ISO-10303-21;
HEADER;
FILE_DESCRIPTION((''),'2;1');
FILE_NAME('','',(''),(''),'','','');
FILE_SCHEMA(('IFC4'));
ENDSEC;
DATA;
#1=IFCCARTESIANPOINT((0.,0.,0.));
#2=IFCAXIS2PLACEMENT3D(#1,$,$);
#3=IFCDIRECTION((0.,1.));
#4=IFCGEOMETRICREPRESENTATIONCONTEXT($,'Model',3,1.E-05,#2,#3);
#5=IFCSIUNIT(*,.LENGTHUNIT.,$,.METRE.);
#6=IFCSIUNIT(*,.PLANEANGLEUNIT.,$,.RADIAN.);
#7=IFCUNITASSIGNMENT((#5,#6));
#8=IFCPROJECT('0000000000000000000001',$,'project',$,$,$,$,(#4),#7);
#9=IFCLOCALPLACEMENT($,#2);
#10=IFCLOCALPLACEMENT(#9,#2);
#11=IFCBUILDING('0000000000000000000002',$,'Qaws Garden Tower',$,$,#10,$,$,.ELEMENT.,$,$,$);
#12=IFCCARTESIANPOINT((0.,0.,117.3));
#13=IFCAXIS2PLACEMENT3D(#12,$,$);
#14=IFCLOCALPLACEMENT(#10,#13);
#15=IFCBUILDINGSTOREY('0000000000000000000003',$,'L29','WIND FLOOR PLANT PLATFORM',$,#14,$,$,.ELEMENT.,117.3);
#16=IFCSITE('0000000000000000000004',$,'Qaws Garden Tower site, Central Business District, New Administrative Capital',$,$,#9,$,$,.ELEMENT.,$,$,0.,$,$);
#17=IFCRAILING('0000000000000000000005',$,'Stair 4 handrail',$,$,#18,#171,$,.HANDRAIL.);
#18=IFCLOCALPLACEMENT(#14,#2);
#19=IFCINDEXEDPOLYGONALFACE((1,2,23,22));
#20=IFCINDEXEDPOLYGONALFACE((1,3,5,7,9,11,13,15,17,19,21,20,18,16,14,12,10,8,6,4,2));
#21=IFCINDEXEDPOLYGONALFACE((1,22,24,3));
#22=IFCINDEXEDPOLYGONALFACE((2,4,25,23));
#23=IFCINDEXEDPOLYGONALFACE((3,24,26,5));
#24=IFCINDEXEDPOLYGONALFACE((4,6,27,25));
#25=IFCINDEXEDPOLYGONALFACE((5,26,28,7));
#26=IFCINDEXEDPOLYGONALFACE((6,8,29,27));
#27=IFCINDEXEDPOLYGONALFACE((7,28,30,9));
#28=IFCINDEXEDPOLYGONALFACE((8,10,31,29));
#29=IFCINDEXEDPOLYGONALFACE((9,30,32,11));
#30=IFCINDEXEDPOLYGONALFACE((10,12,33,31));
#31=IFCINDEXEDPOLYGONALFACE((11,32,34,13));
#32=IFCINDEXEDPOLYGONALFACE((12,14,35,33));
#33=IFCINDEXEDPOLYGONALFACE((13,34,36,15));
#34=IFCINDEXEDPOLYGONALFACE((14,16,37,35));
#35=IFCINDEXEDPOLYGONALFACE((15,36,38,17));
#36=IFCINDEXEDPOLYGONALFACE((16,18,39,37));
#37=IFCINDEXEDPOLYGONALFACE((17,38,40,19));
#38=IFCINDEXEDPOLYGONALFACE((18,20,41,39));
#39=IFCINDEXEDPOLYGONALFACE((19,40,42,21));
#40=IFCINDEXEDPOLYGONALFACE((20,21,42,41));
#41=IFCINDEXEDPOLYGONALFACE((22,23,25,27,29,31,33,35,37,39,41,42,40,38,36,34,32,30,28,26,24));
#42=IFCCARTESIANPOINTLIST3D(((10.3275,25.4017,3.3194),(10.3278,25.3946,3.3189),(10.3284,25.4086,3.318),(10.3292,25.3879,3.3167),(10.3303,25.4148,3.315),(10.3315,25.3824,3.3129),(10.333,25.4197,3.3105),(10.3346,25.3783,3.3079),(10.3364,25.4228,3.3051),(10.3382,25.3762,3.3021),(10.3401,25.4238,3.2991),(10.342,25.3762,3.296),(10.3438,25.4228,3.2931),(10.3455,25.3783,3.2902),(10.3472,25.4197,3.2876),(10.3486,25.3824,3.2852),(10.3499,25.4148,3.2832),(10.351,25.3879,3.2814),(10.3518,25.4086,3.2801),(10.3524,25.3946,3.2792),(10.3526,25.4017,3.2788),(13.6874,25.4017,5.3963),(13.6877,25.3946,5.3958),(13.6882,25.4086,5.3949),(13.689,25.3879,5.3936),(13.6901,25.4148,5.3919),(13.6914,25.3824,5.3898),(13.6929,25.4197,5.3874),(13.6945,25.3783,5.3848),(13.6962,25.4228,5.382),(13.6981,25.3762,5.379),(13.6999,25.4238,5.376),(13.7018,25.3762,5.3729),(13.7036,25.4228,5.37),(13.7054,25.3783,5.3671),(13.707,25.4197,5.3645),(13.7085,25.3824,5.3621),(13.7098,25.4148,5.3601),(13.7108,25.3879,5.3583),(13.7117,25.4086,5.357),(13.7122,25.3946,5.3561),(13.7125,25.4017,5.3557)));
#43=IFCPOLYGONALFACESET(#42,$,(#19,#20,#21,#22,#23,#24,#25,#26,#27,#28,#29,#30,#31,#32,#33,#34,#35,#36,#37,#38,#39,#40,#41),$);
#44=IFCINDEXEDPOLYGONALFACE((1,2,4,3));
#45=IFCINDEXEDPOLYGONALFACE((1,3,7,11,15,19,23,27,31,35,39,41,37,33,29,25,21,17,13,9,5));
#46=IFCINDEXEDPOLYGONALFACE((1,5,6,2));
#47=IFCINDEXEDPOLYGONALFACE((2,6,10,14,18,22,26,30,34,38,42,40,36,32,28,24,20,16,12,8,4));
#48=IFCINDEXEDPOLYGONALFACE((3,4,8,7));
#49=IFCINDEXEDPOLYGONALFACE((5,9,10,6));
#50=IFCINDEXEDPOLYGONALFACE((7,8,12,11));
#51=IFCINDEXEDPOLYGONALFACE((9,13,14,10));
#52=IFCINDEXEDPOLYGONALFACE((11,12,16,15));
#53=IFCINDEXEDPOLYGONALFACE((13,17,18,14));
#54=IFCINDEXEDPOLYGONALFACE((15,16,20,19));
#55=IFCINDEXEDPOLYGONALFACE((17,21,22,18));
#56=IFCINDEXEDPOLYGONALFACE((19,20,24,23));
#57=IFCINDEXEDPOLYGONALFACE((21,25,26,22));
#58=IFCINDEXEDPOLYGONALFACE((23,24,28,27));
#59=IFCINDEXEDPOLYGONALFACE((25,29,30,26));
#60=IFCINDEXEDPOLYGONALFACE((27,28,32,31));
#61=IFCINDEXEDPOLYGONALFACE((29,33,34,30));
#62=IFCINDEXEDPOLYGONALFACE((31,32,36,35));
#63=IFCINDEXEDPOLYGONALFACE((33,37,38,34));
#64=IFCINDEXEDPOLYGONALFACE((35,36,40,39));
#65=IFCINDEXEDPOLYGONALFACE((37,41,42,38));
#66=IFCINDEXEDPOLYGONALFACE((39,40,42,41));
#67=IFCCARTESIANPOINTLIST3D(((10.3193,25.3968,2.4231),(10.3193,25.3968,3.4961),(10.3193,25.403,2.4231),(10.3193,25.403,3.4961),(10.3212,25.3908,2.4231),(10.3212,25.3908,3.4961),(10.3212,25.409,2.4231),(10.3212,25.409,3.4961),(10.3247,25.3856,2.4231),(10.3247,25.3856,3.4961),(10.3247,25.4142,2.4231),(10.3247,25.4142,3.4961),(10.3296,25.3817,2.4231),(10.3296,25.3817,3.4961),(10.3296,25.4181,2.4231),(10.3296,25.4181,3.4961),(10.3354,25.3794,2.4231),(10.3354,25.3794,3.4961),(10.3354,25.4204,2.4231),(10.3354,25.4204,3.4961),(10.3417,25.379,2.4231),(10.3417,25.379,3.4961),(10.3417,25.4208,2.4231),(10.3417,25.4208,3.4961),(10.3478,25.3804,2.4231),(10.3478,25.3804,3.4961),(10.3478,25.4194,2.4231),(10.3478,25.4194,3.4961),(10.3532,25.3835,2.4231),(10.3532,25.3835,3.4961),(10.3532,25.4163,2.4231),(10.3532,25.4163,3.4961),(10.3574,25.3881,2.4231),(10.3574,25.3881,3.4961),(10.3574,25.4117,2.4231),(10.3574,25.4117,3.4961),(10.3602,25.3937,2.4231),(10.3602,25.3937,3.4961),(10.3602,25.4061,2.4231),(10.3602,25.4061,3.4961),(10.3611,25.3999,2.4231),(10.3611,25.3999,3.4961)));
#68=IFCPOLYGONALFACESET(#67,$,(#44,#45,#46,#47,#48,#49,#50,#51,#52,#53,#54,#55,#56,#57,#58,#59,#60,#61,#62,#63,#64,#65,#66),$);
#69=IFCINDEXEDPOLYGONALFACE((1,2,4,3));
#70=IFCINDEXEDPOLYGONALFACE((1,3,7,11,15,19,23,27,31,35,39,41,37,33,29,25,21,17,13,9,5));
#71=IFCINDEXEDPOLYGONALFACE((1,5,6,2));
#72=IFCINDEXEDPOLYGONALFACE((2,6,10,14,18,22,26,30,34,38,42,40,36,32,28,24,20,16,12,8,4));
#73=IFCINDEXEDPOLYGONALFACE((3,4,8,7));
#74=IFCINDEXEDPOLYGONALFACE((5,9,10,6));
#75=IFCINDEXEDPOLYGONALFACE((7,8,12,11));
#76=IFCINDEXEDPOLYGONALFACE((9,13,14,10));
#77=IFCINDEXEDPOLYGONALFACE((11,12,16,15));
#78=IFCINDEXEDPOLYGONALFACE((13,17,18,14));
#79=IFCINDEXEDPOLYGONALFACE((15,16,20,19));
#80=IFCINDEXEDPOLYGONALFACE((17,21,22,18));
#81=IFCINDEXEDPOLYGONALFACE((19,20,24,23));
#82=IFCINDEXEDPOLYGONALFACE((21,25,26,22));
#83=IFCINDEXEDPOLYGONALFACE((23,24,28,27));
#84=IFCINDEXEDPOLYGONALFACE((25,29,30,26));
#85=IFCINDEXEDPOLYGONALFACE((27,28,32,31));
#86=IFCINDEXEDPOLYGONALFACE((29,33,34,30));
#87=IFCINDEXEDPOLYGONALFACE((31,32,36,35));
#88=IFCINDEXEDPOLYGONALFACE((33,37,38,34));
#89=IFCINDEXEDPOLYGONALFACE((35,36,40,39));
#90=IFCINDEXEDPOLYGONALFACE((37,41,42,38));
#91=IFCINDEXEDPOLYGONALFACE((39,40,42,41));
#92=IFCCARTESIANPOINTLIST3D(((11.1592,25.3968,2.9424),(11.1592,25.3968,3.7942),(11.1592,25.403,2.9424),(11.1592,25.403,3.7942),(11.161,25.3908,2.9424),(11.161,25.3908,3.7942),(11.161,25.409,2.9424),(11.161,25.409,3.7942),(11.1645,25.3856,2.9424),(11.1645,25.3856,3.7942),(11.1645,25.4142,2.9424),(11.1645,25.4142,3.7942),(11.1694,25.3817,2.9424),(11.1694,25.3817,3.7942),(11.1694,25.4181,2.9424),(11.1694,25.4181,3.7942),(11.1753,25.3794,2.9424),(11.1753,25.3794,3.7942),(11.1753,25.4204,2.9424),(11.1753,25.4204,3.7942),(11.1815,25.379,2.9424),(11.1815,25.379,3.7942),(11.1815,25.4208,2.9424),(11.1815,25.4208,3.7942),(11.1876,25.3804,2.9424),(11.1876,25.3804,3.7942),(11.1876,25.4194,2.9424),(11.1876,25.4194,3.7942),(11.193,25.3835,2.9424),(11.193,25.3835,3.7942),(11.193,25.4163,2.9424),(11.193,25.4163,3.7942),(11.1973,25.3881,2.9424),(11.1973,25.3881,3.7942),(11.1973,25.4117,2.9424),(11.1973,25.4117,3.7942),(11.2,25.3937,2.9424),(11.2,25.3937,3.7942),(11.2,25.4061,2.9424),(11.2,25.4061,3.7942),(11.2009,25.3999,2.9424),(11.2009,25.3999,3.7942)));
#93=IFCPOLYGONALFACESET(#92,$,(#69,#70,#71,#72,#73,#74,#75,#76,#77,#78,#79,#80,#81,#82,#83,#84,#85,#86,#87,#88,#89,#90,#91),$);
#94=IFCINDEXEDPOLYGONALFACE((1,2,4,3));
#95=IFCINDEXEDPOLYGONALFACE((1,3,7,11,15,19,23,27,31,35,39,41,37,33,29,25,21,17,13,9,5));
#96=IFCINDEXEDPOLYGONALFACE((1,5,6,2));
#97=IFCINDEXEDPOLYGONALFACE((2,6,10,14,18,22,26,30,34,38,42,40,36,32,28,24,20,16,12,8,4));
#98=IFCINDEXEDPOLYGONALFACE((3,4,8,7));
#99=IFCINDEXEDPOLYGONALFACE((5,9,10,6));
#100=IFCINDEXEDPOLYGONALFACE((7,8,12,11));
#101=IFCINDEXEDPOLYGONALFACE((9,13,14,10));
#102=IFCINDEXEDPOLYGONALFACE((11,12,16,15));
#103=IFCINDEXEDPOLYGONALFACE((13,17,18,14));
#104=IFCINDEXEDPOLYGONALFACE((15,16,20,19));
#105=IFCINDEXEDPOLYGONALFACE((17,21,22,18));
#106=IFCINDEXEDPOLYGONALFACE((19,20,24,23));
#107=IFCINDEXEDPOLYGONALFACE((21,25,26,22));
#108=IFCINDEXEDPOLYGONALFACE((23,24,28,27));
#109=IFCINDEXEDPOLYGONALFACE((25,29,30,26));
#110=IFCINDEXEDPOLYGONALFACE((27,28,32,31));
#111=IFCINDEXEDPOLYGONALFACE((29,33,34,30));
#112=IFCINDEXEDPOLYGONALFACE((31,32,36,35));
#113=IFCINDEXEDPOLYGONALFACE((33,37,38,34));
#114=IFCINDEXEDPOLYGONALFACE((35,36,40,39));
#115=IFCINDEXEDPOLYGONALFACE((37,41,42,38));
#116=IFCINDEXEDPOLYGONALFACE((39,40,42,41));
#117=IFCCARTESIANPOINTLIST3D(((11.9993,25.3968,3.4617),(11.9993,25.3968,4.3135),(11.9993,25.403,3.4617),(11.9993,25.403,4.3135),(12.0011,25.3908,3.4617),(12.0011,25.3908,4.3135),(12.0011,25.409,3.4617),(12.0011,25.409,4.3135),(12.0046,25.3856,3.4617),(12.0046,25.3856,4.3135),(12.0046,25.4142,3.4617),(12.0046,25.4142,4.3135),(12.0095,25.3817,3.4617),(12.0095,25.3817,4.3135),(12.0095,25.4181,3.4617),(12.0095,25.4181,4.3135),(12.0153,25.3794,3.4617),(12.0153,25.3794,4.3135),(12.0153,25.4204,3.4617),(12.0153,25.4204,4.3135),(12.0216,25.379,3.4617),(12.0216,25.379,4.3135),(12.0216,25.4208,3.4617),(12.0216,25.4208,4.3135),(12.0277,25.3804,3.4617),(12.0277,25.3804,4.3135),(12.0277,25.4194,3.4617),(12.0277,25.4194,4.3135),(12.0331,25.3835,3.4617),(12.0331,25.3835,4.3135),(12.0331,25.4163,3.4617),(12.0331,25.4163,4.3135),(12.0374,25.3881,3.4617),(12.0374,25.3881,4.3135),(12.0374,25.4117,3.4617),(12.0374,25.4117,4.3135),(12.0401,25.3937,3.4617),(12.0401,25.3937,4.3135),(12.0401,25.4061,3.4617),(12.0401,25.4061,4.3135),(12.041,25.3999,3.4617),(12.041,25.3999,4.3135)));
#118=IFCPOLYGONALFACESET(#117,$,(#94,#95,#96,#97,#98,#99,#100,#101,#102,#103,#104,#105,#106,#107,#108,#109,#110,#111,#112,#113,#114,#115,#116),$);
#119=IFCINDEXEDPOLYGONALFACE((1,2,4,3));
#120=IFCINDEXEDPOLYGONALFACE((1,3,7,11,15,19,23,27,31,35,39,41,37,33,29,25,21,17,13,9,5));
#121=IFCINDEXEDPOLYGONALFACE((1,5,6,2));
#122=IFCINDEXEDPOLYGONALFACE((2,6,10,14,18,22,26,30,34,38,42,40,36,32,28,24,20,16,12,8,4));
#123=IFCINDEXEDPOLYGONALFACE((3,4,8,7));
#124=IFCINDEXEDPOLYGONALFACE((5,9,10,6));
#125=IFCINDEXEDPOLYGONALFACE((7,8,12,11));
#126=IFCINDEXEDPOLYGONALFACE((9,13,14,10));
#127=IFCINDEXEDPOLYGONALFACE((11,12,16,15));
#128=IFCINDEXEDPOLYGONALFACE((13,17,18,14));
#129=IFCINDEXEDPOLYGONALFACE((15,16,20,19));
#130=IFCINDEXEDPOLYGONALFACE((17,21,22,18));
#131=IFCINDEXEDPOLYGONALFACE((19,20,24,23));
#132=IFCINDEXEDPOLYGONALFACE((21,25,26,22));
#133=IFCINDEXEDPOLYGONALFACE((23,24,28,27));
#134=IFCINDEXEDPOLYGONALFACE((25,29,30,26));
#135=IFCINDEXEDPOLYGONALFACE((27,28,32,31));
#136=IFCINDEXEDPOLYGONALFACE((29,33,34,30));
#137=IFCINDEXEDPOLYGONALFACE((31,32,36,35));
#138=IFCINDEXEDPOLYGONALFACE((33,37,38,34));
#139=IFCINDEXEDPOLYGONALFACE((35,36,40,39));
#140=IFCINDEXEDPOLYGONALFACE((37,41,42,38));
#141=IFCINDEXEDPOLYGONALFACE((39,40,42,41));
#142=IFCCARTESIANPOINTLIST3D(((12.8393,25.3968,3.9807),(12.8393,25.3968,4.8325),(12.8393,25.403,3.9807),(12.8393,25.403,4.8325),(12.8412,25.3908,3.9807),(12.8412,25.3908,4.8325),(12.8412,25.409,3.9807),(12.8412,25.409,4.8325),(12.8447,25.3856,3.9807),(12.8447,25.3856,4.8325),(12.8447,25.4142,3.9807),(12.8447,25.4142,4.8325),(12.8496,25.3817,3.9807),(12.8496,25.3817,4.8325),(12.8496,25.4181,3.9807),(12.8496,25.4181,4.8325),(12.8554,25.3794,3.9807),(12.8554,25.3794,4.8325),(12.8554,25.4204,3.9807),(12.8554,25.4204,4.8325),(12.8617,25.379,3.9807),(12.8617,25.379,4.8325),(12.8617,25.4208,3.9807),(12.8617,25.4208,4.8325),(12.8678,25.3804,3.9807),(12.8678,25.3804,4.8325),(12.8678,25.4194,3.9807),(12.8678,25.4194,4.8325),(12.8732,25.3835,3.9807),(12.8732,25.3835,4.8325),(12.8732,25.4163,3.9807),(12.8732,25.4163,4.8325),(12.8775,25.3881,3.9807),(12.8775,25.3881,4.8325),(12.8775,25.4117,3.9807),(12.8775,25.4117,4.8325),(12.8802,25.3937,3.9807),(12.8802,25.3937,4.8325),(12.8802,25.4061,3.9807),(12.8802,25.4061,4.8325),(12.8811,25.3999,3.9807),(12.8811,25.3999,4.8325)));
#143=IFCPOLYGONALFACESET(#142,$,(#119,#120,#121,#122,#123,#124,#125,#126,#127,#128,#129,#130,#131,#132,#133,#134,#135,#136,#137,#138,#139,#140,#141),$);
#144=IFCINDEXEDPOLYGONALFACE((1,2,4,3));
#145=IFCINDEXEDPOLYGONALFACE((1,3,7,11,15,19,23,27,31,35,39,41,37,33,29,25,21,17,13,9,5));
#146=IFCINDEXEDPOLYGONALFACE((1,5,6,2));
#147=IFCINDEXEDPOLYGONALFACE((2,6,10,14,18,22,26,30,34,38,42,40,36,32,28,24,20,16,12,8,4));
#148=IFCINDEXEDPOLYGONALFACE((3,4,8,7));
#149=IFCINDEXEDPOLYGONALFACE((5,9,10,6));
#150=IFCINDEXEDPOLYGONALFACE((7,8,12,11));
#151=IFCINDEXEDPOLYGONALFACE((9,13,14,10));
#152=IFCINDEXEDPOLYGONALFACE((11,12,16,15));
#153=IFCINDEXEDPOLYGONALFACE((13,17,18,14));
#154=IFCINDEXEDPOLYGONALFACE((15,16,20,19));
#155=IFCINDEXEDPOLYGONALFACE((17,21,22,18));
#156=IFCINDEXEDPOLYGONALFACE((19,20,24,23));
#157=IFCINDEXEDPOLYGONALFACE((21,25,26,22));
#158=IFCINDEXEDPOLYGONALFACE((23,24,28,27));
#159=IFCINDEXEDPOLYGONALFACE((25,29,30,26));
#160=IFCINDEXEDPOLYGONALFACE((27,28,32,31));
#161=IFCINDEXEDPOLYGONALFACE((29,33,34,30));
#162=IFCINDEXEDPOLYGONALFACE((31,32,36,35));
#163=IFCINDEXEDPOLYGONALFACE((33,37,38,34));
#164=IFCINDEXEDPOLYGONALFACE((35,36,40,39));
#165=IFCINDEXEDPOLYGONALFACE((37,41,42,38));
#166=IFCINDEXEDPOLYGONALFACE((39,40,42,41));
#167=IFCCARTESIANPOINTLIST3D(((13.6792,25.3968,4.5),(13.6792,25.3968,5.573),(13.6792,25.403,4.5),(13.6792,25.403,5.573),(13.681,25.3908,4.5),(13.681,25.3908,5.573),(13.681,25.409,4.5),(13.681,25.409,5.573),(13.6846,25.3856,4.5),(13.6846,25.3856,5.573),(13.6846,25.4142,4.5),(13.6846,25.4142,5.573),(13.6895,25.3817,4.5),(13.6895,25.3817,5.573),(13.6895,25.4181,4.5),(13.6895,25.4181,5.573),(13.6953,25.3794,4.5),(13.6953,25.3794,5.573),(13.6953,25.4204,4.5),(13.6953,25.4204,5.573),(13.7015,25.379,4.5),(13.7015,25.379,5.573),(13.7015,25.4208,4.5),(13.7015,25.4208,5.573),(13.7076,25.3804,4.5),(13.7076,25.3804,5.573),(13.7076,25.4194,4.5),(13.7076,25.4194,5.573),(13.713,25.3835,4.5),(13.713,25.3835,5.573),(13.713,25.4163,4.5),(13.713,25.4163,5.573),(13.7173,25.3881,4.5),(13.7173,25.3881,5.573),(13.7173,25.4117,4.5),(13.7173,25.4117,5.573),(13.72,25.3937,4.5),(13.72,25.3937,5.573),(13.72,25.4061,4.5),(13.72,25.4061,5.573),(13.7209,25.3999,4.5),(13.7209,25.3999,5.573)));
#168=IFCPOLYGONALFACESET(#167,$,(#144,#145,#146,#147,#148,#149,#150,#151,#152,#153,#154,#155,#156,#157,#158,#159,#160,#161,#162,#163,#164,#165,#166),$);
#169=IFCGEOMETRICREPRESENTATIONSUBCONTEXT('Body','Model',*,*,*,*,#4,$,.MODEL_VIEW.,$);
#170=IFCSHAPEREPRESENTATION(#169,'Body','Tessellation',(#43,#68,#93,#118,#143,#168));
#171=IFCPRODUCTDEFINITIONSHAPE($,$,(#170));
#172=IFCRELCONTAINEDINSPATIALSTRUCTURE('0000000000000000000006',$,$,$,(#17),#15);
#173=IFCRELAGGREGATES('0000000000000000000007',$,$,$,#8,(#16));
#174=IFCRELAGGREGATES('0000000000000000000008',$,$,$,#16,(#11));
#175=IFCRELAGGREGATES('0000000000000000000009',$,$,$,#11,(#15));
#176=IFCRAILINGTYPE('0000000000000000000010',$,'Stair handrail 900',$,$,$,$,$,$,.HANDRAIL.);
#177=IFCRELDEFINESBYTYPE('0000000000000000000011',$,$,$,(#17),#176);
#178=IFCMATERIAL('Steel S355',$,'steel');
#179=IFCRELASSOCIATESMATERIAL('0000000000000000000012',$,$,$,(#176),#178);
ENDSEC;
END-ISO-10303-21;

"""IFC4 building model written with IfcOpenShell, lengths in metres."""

from ifc_helpers import new_model, si_unit, direction, frame, origin, origin_2d, place, context, subcontext, project, spatial, circle, extrude, material, type_object, element, save


model = new_model("IFC4")

# Units and contexts
model_context = context("Model", 3, precision=1e-05, world=origin(), true_north=direction((0.0, 1.0)))
body_context = subcontext(model_context, "Body", "Model", "MODEL_VIEW")
ifc_project = project(units=[si_unit("LENGTHUNIT", "METRE"), si_unit("PLANEANGLEUNIT", "RADIAN")], contexts=[model_context])

# Site, building, storey
site_placement = place(None, origin())
site = spatial("IfcSite", under=ifc_project, at=site_placement, Name="Qaws Garden Tower site, Central Business District, New Administrative Capital", CompositionType="ELEMENT", RefElevation=0.0)
building_placement = place(site_placement, origin())
building = spatial("IfcBuilding", under=site, at=building_placement, Name="Qaws Garden Tower", CompositionType="ELEMENT")
storey_placement = place(building_placement, frame((0.0, 0.0, 117.3)))
storey = spatial("IfcBuildingStorey", under=building, at=storey_placement, Name="L29", Description="WIND FLOOR PLANT PLATFORM", CompositionType="ELEMENT", Elevation=117.3)

# Railing
ifc_material_1 = material(Name="Steel S355", Category="steel")
railing_type_1 = type_object("IfcRailingType", Name="Stair handrail 900", PredefinedType="HANDRAIL", material=ifc_material_1)
railing_1_placement = place(storey_placement, frame((10.3401, 25.3999, 2.4231)))
element("IfcRailing", 1, at=railing_1_placement, inside=storey, type_object=railing_type_1, Name="Stair 4 handrail", PredefinedType="HANDRAIL", context=body_context, shape_type="SweptSolid", body=[
    extrude(circle(Radius=0.0239, at=origin_2d()), frame((0.0, 0.0, 0.876), z_axis=(0.850606, 0.0, 0.525803), x_axis=(0.0, 1.0, 0.0)), (0.0, 0.0, 1.0), 3.95),
    extrude(circle(Radius=0.021, at=origin_2d()), origin(), (0.0, 0.0, 1.0), 1.073),
    extrude(circle(Radius=0.021, at=origin_2d()), frame((0.8398, 0.0, 0.5193)), (0.0, 0.0, 1.0), 0.8518),
    extrude(circle(Radius=0.021, at=origin_2d()), frame((1.6799, 0.0, 1.0386)), (0.0, 0.0, 1.0), 0.8518),
    extrude(circle(Radius=0.021, at=origin_2d()), frame((2.52, 0.0, 1.5576)), (0.0, 0.0, 1.0), 0.8518),
    extrude(circle(Radius=0.021, at=origin_2d()), frame((3.3599, 0.0, 2.0769)), (0.0, 0.0, 1.0), 1.073),
])

save(model, "model.ifc")
